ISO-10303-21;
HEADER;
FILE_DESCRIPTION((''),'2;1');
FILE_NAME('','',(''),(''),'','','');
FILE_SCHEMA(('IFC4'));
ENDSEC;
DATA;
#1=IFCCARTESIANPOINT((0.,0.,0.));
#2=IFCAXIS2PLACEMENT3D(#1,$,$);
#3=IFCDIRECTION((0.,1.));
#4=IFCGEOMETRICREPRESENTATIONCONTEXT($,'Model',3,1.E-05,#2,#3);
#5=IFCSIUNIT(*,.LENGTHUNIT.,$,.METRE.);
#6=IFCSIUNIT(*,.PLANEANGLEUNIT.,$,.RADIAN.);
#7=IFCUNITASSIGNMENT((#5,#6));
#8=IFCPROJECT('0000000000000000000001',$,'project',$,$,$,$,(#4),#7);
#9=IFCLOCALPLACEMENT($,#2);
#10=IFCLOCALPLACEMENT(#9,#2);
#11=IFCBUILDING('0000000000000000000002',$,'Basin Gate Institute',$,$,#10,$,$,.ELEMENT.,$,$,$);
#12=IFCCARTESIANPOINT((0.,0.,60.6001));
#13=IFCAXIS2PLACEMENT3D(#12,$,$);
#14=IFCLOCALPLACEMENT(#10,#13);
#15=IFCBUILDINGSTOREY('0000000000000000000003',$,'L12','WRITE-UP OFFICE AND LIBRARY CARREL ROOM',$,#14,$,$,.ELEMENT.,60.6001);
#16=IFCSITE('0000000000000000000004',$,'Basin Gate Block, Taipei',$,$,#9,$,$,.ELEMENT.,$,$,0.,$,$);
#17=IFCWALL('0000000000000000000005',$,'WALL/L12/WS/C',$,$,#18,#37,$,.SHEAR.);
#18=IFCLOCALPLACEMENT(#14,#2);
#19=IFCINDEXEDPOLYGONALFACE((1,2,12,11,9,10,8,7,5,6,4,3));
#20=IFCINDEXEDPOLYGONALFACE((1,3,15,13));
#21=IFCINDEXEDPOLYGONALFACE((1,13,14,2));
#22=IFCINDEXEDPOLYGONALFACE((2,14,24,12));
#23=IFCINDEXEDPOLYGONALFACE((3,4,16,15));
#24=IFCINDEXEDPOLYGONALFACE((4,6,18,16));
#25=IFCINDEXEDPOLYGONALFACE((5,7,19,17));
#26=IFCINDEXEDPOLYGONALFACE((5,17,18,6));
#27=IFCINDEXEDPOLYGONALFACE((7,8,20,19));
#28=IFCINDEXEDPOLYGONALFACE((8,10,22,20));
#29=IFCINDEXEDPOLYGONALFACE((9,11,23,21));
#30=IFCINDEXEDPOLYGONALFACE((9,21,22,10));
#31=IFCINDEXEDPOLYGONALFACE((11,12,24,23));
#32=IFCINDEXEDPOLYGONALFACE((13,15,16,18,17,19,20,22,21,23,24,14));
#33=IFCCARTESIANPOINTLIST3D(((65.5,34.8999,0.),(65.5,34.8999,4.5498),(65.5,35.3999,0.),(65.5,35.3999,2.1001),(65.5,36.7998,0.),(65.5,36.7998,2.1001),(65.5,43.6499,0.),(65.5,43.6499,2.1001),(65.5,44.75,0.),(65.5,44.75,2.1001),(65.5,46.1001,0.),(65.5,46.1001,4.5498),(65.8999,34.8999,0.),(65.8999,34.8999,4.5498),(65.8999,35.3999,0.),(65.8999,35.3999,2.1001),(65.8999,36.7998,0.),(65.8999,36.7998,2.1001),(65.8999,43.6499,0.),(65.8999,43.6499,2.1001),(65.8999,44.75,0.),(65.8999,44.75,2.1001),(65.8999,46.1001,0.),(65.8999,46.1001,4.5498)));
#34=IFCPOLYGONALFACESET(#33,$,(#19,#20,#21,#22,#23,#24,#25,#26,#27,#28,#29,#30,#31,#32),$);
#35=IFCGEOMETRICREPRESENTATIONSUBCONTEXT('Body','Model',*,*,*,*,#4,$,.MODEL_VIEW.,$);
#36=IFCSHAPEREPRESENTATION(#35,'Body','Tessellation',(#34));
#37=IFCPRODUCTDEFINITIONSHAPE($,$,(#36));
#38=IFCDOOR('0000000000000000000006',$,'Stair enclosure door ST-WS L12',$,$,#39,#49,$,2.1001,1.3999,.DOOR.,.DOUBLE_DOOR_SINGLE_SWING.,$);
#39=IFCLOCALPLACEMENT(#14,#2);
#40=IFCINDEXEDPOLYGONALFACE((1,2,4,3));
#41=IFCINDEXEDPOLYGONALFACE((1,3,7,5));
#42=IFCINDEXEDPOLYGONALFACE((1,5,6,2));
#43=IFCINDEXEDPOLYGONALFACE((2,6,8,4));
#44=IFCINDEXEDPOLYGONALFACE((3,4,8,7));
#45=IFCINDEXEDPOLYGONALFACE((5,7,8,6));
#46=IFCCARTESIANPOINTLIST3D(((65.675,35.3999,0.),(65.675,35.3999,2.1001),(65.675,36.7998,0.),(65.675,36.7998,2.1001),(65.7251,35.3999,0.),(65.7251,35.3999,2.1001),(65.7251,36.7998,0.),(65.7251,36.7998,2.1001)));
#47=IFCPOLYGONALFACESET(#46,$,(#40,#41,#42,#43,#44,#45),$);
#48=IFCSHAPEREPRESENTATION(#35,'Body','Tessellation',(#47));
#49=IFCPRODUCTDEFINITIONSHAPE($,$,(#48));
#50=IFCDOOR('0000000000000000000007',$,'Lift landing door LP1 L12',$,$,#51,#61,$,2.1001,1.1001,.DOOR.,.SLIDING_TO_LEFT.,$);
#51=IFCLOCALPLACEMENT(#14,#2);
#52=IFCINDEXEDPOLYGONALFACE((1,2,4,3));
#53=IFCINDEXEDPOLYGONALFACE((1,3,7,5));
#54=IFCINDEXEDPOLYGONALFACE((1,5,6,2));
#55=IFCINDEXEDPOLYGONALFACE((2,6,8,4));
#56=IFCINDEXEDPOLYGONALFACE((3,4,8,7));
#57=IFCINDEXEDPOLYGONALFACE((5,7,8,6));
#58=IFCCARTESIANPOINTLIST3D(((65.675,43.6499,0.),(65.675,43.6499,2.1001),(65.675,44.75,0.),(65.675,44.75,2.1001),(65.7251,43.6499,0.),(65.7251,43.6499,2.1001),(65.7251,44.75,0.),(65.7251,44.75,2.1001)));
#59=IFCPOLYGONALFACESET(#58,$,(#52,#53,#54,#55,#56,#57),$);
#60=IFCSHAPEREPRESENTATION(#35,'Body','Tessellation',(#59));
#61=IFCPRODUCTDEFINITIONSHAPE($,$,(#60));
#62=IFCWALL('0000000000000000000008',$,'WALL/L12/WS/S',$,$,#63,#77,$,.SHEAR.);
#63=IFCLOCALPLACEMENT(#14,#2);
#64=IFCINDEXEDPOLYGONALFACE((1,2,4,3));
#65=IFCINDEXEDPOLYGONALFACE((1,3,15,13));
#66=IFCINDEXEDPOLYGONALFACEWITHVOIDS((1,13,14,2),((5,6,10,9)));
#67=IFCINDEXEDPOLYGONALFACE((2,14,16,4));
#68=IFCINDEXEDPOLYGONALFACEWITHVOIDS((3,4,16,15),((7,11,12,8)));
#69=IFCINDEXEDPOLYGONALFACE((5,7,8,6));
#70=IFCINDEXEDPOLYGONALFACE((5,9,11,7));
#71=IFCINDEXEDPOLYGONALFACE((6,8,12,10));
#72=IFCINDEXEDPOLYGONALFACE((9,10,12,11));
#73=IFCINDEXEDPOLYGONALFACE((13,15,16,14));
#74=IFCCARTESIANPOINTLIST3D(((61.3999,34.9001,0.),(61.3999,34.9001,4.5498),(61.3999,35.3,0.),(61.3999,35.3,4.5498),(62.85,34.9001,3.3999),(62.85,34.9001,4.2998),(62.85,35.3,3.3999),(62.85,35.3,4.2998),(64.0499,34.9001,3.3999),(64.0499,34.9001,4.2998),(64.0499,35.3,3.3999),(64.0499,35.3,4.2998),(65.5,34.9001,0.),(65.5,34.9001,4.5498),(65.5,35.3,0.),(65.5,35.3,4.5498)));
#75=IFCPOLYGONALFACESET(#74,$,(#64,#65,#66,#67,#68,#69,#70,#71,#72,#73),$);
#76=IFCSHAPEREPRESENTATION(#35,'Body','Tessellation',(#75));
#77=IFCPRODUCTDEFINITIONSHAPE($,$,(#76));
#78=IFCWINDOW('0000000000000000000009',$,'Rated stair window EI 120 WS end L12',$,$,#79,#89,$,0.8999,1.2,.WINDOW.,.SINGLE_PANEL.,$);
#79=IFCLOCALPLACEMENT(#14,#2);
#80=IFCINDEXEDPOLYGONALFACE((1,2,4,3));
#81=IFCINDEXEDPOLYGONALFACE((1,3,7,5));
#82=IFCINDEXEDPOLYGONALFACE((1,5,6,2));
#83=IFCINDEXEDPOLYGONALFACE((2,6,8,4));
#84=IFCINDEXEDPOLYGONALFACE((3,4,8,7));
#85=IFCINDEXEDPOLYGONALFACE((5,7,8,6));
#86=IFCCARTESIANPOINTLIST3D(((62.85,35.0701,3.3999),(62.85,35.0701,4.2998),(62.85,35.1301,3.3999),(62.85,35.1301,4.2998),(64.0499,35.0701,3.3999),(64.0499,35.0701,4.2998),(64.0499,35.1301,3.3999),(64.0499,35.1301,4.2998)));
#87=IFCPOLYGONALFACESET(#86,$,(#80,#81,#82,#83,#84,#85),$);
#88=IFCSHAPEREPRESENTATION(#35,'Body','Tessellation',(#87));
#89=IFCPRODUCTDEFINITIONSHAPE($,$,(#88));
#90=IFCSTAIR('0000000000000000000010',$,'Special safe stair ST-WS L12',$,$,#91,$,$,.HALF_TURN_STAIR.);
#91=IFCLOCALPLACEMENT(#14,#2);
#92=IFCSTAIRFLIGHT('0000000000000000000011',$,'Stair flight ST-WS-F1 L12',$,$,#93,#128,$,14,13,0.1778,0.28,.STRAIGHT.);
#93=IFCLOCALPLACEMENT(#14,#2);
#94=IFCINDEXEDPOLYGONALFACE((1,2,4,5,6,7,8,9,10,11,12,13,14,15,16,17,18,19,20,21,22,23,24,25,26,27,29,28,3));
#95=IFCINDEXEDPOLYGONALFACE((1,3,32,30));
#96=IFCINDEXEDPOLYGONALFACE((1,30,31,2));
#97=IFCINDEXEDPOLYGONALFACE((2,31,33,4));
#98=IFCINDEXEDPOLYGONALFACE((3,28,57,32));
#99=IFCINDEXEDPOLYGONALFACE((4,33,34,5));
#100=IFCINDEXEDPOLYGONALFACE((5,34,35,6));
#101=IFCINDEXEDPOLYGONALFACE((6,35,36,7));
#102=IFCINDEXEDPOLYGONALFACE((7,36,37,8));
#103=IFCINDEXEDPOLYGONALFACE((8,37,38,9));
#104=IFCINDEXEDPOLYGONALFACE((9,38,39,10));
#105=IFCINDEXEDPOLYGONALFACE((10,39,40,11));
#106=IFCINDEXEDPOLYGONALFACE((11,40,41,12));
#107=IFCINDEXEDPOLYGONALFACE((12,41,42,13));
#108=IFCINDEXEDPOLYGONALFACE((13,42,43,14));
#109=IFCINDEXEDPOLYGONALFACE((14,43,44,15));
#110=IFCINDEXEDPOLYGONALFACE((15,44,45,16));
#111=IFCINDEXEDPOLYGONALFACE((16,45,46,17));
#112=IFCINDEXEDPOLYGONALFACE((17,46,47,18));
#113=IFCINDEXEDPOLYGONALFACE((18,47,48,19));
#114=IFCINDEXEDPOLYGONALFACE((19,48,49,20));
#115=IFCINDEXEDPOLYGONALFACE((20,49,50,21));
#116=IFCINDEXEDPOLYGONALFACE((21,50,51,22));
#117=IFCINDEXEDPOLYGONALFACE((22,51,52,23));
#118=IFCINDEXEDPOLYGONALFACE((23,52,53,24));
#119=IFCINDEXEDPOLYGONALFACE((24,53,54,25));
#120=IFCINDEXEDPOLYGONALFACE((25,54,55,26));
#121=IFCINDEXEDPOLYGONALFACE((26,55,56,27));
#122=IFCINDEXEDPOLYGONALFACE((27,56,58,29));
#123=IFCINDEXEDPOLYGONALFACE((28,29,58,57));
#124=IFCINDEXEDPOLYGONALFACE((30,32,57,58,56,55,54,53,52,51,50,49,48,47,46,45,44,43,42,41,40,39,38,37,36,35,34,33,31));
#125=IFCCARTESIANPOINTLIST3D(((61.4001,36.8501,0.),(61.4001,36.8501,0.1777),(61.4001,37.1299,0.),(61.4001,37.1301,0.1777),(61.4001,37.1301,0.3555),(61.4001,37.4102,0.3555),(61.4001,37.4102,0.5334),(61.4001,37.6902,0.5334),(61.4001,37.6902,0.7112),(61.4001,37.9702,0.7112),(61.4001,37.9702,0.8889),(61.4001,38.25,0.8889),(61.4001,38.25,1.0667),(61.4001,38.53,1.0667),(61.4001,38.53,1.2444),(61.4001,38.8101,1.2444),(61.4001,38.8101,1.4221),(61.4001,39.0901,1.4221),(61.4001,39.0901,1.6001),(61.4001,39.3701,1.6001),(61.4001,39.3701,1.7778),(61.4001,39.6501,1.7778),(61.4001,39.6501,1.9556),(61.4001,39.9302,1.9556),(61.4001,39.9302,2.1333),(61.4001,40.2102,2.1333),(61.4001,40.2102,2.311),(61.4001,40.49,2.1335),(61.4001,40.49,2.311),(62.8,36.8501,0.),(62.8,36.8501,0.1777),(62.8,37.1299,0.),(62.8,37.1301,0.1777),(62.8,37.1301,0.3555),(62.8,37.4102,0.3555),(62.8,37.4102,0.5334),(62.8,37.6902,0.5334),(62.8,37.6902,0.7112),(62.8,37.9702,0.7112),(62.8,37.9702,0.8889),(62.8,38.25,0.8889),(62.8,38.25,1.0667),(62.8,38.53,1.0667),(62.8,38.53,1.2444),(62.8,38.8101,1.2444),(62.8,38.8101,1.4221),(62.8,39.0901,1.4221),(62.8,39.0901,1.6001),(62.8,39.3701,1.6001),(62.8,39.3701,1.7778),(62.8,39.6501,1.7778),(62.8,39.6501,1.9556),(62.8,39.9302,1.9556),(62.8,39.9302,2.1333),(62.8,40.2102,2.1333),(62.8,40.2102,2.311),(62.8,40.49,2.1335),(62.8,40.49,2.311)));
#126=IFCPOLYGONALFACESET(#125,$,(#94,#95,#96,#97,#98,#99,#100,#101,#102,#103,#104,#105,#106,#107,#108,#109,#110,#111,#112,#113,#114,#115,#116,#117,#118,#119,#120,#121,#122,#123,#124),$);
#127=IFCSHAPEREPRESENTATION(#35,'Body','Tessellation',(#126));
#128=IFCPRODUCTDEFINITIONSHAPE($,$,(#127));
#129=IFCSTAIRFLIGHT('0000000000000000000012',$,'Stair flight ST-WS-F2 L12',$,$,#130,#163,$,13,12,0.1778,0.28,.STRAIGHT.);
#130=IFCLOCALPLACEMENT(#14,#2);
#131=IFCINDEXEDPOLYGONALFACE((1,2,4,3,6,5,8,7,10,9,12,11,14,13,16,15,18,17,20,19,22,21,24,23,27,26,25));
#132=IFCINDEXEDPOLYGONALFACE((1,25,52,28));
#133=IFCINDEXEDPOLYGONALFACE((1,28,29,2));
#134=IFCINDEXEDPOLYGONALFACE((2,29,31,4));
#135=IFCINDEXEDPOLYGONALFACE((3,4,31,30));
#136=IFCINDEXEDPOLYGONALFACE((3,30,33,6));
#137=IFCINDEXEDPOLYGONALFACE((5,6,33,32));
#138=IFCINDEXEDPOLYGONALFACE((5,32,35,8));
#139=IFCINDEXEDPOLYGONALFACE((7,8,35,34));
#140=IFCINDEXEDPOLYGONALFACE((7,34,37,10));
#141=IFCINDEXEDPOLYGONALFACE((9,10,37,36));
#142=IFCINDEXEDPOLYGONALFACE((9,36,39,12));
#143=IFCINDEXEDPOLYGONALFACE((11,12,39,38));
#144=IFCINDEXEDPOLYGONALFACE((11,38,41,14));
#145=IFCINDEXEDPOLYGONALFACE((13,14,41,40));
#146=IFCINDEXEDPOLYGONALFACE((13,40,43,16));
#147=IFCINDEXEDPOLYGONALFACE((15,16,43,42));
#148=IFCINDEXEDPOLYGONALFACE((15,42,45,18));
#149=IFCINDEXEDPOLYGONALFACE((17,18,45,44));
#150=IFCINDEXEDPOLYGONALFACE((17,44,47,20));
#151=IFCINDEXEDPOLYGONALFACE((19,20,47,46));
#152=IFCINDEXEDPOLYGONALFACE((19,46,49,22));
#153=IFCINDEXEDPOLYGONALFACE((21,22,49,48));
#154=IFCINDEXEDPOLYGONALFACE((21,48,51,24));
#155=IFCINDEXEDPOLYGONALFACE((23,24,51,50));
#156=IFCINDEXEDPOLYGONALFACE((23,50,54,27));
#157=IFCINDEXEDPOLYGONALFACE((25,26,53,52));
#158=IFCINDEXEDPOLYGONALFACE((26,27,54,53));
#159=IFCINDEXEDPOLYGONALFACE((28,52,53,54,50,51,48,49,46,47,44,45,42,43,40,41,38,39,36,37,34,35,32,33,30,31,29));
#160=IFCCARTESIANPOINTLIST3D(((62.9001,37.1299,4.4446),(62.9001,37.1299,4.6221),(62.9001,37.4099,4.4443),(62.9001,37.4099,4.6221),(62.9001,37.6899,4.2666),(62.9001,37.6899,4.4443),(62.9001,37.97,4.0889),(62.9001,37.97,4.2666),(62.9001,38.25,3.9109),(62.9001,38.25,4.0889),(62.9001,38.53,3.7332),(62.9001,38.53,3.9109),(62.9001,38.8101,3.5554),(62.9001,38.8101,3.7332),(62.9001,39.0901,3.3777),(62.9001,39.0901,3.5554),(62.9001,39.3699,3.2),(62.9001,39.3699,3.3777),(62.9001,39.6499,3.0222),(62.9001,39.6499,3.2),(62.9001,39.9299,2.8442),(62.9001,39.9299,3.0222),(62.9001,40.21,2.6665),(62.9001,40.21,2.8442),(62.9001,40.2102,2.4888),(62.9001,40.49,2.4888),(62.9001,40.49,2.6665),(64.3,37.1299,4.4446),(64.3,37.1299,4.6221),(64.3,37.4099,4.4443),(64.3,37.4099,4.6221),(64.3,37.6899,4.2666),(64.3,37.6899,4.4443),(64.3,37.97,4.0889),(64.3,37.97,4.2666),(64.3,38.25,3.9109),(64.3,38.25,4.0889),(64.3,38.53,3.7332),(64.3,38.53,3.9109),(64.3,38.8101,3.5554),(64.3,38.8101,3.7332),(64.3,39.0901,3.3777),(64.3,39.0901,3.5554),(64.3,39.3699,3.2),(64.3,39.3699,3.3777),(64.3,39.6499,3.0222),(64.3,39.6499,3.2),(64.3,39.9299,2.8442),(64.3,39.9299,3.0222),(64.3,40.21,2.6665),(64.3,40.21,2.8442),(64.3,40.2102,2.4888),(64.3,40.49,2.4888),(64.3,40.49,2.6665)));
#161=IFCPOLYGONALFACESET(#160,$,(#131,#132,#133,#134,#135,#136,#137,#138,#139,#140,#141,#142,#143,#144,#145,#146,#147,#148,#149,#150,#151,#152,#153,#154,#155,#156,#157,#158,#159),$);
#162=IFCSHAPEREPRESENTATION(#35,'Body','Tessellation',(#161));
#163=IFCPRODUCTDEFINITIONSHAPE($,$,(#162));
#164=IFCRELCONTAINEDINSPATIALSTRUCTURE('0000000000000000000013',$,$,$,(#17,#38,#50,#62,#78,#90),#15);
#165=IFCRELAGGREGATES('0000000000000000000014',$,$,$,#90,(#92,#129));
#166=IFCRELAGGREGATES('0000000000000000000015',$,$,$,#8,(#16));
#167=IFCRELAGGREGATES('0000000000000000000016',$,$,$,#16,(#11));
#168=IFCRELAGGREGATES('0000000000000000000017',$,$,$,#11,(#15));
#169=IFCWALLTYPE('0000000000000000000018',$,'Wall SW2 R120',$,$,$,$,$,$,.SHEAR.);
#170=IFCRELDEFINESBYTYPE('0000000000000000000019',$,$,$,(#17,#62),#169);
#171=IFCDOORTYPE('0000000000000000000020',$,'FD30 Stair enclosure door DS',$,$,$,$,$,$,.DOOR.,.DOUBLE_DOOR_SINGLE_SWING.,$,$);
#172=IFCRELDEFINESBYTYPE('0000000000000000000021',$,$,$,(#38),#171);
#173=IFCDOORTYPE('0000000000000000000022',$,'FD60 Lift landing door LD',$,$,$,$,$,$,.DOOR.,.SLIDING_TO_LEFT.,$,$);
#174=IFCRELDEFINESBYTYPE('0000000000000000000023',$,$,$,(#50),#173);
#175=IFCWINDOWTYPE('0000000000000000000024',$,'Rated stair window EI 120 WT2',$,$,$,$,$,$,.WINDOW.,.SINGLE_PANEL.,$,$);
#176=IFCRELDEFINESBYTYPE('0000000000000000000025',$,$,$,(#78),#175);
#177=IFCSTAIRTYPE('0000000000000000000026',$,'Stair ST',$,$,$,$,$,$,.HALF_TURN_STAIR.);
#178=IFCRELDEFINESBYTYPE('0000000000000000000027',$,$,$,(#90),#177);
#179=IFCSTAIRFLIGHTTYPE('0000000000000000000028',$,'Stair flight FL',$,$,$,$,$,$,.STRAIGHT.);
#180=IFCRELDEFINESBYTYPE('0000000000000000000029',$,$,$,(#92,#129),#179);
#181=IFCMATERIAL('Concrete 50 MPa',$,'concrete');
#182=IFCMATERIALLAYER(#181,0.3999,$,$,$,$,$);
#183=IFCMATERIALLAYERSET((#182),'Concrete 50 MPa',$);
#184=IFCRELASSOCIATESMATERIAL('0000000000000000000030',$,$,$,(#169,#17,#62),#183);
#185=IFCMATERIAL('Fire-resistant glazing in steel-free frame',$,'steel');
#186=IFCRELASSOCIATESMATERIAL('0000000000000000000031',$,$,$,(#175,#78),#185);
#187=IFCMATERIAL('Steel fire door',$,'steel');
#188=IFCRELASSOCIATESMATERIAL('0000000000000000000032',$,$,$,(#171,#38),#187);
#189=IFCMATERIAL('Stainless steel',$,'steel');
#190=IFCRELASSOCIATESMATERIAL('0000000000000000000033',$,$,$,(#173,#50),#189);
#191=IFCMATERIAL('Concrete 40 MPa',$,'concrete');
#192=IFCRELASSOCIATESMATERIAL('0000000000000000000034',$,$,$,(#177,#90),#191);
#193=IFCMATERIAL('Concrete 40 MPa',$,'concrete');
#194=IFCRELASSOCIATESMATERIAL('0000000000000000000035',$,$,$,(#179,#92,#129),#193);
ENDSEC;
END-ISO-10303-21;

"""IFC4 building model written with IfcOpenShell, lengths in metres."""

from ifc_helpers import new_model, si_unit, direction, frame, frame_2d, origin, place, context, subcontext, project, spatial, polyline, rectangle, outline, extrude, material, layer, layer_set, type_object, element, fill, aggregate, save


model = new_model("IFC4")

# Units and contexts
model_context = context("Model", 3, precision=1e-05, world=origin(), true_north=direction((0.0, 1.0)))
body_context = subcontext(model_context, "Body", "Model", "MODEL_VIEW")
ifc_project = project(units=[si_unit("LENGTHUNIT", "METRE"), si_unit("PLANEANGLEUNIT", "RADIAN")], contexts=[model_context])

# Site, building, storey
site_placement = place(None, origin())
site = spatial("IfcSite", under=ifc_project, at=site_placement, Name="Basin Gate Block, Taipei", CompositionType="ELEMENT", RefElevation=0.0)
building_placement = place(site_placement, origin())
building = spatial("IfcBuilding", under=site, at=building_placement, Name="Basin Gate Institute", CompositionType="ELEMENT")
storey_placement = place(building_placement, frame((0.0, 0.0, 60.6001)))
storey = spatial("IfcBuildingStorey", under=building, at=storey_placement, Name="L12", Description="WRITE-UP OFFICE AND LIBRARY CARREL ROOM", CompositionType="ELEMENT", Elevation=60.6001)

# Shared definitions
ifc_material_1 = material(Name="Concrete 50 MPa", Category="concrete")
ifc_layer_1 = layer(ifc_material_1, 0.3999)
ifc_layer_set_1 = layer_set([ifc_layer_1], Name="Concrete 50 MPa")
wall_type_1 = type_object("IfcWallType", Name="Wall SW2 R120", PredefinedType="SHEAR", material=ifc_layer_set_1)
ifc_material_2 = material(Name="Fire-resistant glazing in steel-free frame", Category="steel")
window_type_1 = type_object("IfcWindowType", Name="Rated stair window EI 120 WT2", PartitioningType="SINGLE_PANEL", PredefinedType="WINDOW", material=ifc_material_2)

# Wall, openings, doors
wall_1_placement = place(storey_placement, frame((65.7, 34.8999, 0.0), z_axis=(0.0, 0.0, 1.0), x_axis=(0.0, 1.0, 0.0)))
wall_1 = element("IfcWall", 1, at=wall_1_placement, inside=storey, type_object=wall_type_1, material=ifc_layer_set_1, Name="WALL/L12/WS/C", PredefinedType="SHEAR", context=body_context, shape_type="SweptSolid", body=[
    extrude(rectangle(XDim=11.2002, YDim=0.3999, at=frame_2d((5.6001, 0.0))), origin(), (0.0, 0.0, 1.0), 4.5498),
])
opening_1_placement = place(wall_1_placement, frame((0.5, 0.0, 0.0)))
opening_1 = element("IfcOpeningElement", 2, at=opening_1_placement, cuts=wall_1, PredefinedType="OPENING", context=body_context, shape_type="SweptSolid", body=[
    extrude(rectangle(XDim=1.3999, YDim=2.1001, at=frame_2d((0.7, 1.05))), frame((0.0, 0.21, 0.0), z_axis=(0.0, -1.0, 0.0), x_axis=(1.0, 0.0, 0.0)), (0.0, 0.0, 1.0), 0.4199),
])
opening_2_placement = place(wall_1_placement, frame((8.75, 0.0, 0.0)))
opening_2 = element("IfcOpeningElement", 3, at=opening_2_placement, cuts=wall_1, PredefinedType="OPENING", context=body_context, shape_type="SweptSolid", body=[
    extrude(rectangle(XDim=1.1001, YDim=2.1001, at=frame_2d((0.55, 1.05))), frame((0.0, 0.21, 0.0), z_axis=(0.0, -1.0, 0.0), x_axis=(1.0, 0.0, 0.0)), (0.0, 0.0, 1.0), 0.4199),
])
ifc_material_3 = material(Name="Steel fire door", Category="steel")
door_type_1 = type_object("IfcDoorType", Name="FD30 Stair enclosure door DS", OperationType="DOUBLE_DOOR_SINGLE_SWING", PredefinedType="DOOR", material=ifc_material_3)
door_1_placement = place(opening_1_placement, origin())
door_1 = element("IfcDoor", 4, at=door_1_placement, inside=storey, type_object=door_type_1, material=ifc_material_3, Name="Stair enclosure door ST-WS L12", OperationType="DOUBLE_DOOR_SINGLE_SWING", OverallHeight=2.1001, OverallWidth=1.3999, PredefinedType="DOOR", context=body_context, shape_type="SweptSolid", body=[
    extrude(rectangle(XDim=1.3999, YDim=2.1001, at=frame_2d((0.7, 1.05))), frame((0.0, 0.0249, 0.0), z_axis=(0.0, -1.0, 0.0), x_axis=(1.0, 0.0, 0.0)), (0.0, 0.0, 1.0), 0.05),
])
fill(opening_1, door_1)
ifc_material_4 = material(Name="Stainless steel", Category="steel")
door_type_2 = type_object("IfcDoorType", Name="FD60 Lift landing door LD", OperationType="SLIDING_TO_LEFT", PredefinedType="DOOR", material=ifc_material_4)
door_2_placement = place(opening_2_placement, origin())
door_2 = element("IfcDoor", 5, at=door_2_placement, inside=storey, type_object=door_type_2, material=ifc_material_4, Name="Lift landing door LP1 L12", OperationType="SLIDING_TO_LEFT", OverallHeight=2.1001, OverallWidth=1.1001, PredefinedType="DOOR", context=body_context, shape_type="SweptSolid", body=[
    extrude(rectangle(XDim=1.1001, YDim=2.1001, at=frame_2d((0.55, 1.05))), frame((0.0, 0.0249, 0.0), z_axis=(0.0, -1.0, 0.0), x_axis=(1.0, 0.0, 0.0)), (0.0, 0.0, 1.0), 0.05),
])
fill(opening_2, door_2)

# Wall, opening, window
wall_2_placement = place(storey_placement, frame((61.3999, 35.1001, 0.0), z_axis=(0.0, 0.0, 1.0), x_axis=(1.0, 0.0, 0.0)))
wall_2 = element("IfcWall", 6, at=wall_2_placement, inside=storey, type_object=wall_type_1, material=ifc_layer_set_1, Name="WALL/L12/WS/S", PredefinedType="SHEAR", context=body_context, shape_type="SweptSolid", body=[
    extrude(rectangle(XDim=4.1001, YDim=0.3999, at=frame_2d((2.05, 0.0))), origin(), (0.0, 0.0, 1.0), 4.5498),
])
opening_3_placement = place(wall_2_placement, frame((1.45, 0.0, 3.3999)))
opening_3 = element("IfcOpeningElement", 7, at=opening_3_placement, cuts=wall_2, PredefinedType="OPENING", context=body_context, shape_type="SweptSolid", body=[
    extrude(rectangle(XDim=1.2, YDim=0.8999, at=frame_2d((0.6001, 0.45))), frame((0.0, 0.21, 0.0), z_axis=(0.0, -1.0, 0.0), x_axis=(1.0, 0.0, 0.0)), (0.0, 0.0, 1.0), 0.4199),
])
window_1_placement = place(opening_3_placement, origin())
window_1 = element("IfcWindow", 8, at=window_1_placement, inside=storey, type_object=window_type_1, material=ifc_material_2, Name="Rated stair window EI 120 WS end L12", OverallHeight=0.8999, OverallWidth=1.2, PartitioningType="SINGLE_PANEL", PredefinedType="WINDOW", context=body_context, shape_type="SweptSolid", body=[
    extrude(rectangle(XDim=1.2, YDim=0.8999, at=frame_2d((0.6001, 0.45))), frame((0.0, 0.03, 0.0), z_axis=(0.0, -1.0, 0.0), x_axis=(1.0, 0.0, 0.0)), (0.0, 0.0, 1.0), 0.0601),
])
fill(opening_3, window_1)

# Stair, stair flights
ifc_material_5 = material(Name="Concrete 40 MPa", Category="concrete")
stair_type = type_object("IfcStairType", Name="Stair ST", PredefinedType="HALF_TURN_STAIR", material=ifc_material_5)
stair_placement = place(storey_placement, origin())
stair = element("IfcStair", 9, at=stair_placement, inside=storey, type_object=stair_type, material=ifc_material_5, Name="Special safe stair ST-WS L12", PredefinedType="HALF_TURN_STAIR")
ifc_material_6 = material(Name="Concrete 40 MPa", Category="concrete")
stair_flight_type = type_object("IfcStairFlightType", Name="Stair flight FL", PredefinedType="STRAIGHT", material=ifc_material_6)
stair_flight_1_placement = place(storey_placement, frame((62.1001, 36.8501, 0.0), z_axis=(0.0, 0.0, 1.0), x_axis=(0.0, 1.0, 0.0)))
stair_flight_1 = element("IfcStairFlight", 10, at=stair_flight_1_placement, type_object=stair_flight_type, material=ifc_material_6, Name="Stair flight ST-WS-F1 L12", NumberOfRisers=14, NumberOfTreads=13, PredefinedType="STRAIGHT", RiserHeight=0.1778, TreadLength=0.28, context=body_context, shape_type="SweptSolid", body=[
    extrude(outline(polyline([(0.0, 0.0), (0.0, 0.1777), (0.28, 0.1777), (0.28, 0.3555), (0.5601, 0.3555), (0.5601, 0.5334), (0.8401, 0.5334), (0.8401, 0.7112), (1.1201, 0.7112), (1.1201, 0.8889), (1.3999, 0.8889), (1.3999, 1.0667), (1.6799, 1.0667), (1.6799, 1.2444), (1.96, 1.2444), (1.96, 1.4221), (2.24, 1.4221), (2.24, 1.6001), (2.52, 1.6001), (2.52, 1.7778), (2.8, 1.7778), (2.8, 1.9556), (3.0801, 1.9556), (3.0801, 2.1333), (3.3601, 2.1333), (3.3601, 2.311), (3.6399, 2.311), (3.6399, 2.4888), (3.6399, 2.1335), (0.2798, 0.0), (0.0, 0.0)])), frame((0.0, 0.7, 0.0), z_axis=(0.0, -1.0, 0.0), x_axis=(1.0, 0.0, 0.0)), (0.0, 0.0, 1.0), 1.3999),
])
stair_flight_2_placement = place(storey_placement, frame((63.6001, 40.49, 2.4888), z_axis=(0.0, 0.0, 1.0), x_axis=(0.0, -1.0, 0.0)))
stair_flight_2 = element("IfcStairFlight", 11, at=stair_flight_2_placement, type_object=stair_flight_type, material=ifc_material_6, Name="Stair flight ST-WS-F2 L12", NumberOfRisers=13, NumberOfTreads=12, PredefinedType="STRAIGHT", RiserHeight=0.1778, TreadLength=0.28, context=body_context, shape_type="SweptSolid", body=[
    extrude(outline(polyline([(0.0, 0.0), (0.0, 0.1777), (0.28, 0.1777), (0.28, 0.3555), (0.5601, 0.3555), (0.5601, 0.5334), (0.8401, 0.5334), (0.8401, 0.7112), (1.1201, 0.7112), (1.1201, 0.8889), (1.3999, 0.8889), (1.3999, 1.0667), (1.6799, 1.0667), (1.6799, 1.2444), (1.96, 1.2444), (1.96, 1.4221), (2.24, 1.4221), (2.24, 1.6001), (2.52, 1.6001), (2.52, 1.7778), (2.8, 1.7778), (2.8, 1.9556), (3.0801, 1.9556), (3.0801, 2.1333), (3.3601, 2.1333), (3.3601, 2.311), (3.3601, 1.9558), (0.2798, 0.0), (0.0, 0.0)])), frame((0.0, 0.7, 0.0), z_axis=(0.0, -1.0, 0.0), x_axis=(1.0, 0.0, 0.0)), (0.0, 0.0, 1.0), 1.3999),
])
aggregate(stair, [stair_flight_1, stair_flight_2])

save(model, "model.ifc")
